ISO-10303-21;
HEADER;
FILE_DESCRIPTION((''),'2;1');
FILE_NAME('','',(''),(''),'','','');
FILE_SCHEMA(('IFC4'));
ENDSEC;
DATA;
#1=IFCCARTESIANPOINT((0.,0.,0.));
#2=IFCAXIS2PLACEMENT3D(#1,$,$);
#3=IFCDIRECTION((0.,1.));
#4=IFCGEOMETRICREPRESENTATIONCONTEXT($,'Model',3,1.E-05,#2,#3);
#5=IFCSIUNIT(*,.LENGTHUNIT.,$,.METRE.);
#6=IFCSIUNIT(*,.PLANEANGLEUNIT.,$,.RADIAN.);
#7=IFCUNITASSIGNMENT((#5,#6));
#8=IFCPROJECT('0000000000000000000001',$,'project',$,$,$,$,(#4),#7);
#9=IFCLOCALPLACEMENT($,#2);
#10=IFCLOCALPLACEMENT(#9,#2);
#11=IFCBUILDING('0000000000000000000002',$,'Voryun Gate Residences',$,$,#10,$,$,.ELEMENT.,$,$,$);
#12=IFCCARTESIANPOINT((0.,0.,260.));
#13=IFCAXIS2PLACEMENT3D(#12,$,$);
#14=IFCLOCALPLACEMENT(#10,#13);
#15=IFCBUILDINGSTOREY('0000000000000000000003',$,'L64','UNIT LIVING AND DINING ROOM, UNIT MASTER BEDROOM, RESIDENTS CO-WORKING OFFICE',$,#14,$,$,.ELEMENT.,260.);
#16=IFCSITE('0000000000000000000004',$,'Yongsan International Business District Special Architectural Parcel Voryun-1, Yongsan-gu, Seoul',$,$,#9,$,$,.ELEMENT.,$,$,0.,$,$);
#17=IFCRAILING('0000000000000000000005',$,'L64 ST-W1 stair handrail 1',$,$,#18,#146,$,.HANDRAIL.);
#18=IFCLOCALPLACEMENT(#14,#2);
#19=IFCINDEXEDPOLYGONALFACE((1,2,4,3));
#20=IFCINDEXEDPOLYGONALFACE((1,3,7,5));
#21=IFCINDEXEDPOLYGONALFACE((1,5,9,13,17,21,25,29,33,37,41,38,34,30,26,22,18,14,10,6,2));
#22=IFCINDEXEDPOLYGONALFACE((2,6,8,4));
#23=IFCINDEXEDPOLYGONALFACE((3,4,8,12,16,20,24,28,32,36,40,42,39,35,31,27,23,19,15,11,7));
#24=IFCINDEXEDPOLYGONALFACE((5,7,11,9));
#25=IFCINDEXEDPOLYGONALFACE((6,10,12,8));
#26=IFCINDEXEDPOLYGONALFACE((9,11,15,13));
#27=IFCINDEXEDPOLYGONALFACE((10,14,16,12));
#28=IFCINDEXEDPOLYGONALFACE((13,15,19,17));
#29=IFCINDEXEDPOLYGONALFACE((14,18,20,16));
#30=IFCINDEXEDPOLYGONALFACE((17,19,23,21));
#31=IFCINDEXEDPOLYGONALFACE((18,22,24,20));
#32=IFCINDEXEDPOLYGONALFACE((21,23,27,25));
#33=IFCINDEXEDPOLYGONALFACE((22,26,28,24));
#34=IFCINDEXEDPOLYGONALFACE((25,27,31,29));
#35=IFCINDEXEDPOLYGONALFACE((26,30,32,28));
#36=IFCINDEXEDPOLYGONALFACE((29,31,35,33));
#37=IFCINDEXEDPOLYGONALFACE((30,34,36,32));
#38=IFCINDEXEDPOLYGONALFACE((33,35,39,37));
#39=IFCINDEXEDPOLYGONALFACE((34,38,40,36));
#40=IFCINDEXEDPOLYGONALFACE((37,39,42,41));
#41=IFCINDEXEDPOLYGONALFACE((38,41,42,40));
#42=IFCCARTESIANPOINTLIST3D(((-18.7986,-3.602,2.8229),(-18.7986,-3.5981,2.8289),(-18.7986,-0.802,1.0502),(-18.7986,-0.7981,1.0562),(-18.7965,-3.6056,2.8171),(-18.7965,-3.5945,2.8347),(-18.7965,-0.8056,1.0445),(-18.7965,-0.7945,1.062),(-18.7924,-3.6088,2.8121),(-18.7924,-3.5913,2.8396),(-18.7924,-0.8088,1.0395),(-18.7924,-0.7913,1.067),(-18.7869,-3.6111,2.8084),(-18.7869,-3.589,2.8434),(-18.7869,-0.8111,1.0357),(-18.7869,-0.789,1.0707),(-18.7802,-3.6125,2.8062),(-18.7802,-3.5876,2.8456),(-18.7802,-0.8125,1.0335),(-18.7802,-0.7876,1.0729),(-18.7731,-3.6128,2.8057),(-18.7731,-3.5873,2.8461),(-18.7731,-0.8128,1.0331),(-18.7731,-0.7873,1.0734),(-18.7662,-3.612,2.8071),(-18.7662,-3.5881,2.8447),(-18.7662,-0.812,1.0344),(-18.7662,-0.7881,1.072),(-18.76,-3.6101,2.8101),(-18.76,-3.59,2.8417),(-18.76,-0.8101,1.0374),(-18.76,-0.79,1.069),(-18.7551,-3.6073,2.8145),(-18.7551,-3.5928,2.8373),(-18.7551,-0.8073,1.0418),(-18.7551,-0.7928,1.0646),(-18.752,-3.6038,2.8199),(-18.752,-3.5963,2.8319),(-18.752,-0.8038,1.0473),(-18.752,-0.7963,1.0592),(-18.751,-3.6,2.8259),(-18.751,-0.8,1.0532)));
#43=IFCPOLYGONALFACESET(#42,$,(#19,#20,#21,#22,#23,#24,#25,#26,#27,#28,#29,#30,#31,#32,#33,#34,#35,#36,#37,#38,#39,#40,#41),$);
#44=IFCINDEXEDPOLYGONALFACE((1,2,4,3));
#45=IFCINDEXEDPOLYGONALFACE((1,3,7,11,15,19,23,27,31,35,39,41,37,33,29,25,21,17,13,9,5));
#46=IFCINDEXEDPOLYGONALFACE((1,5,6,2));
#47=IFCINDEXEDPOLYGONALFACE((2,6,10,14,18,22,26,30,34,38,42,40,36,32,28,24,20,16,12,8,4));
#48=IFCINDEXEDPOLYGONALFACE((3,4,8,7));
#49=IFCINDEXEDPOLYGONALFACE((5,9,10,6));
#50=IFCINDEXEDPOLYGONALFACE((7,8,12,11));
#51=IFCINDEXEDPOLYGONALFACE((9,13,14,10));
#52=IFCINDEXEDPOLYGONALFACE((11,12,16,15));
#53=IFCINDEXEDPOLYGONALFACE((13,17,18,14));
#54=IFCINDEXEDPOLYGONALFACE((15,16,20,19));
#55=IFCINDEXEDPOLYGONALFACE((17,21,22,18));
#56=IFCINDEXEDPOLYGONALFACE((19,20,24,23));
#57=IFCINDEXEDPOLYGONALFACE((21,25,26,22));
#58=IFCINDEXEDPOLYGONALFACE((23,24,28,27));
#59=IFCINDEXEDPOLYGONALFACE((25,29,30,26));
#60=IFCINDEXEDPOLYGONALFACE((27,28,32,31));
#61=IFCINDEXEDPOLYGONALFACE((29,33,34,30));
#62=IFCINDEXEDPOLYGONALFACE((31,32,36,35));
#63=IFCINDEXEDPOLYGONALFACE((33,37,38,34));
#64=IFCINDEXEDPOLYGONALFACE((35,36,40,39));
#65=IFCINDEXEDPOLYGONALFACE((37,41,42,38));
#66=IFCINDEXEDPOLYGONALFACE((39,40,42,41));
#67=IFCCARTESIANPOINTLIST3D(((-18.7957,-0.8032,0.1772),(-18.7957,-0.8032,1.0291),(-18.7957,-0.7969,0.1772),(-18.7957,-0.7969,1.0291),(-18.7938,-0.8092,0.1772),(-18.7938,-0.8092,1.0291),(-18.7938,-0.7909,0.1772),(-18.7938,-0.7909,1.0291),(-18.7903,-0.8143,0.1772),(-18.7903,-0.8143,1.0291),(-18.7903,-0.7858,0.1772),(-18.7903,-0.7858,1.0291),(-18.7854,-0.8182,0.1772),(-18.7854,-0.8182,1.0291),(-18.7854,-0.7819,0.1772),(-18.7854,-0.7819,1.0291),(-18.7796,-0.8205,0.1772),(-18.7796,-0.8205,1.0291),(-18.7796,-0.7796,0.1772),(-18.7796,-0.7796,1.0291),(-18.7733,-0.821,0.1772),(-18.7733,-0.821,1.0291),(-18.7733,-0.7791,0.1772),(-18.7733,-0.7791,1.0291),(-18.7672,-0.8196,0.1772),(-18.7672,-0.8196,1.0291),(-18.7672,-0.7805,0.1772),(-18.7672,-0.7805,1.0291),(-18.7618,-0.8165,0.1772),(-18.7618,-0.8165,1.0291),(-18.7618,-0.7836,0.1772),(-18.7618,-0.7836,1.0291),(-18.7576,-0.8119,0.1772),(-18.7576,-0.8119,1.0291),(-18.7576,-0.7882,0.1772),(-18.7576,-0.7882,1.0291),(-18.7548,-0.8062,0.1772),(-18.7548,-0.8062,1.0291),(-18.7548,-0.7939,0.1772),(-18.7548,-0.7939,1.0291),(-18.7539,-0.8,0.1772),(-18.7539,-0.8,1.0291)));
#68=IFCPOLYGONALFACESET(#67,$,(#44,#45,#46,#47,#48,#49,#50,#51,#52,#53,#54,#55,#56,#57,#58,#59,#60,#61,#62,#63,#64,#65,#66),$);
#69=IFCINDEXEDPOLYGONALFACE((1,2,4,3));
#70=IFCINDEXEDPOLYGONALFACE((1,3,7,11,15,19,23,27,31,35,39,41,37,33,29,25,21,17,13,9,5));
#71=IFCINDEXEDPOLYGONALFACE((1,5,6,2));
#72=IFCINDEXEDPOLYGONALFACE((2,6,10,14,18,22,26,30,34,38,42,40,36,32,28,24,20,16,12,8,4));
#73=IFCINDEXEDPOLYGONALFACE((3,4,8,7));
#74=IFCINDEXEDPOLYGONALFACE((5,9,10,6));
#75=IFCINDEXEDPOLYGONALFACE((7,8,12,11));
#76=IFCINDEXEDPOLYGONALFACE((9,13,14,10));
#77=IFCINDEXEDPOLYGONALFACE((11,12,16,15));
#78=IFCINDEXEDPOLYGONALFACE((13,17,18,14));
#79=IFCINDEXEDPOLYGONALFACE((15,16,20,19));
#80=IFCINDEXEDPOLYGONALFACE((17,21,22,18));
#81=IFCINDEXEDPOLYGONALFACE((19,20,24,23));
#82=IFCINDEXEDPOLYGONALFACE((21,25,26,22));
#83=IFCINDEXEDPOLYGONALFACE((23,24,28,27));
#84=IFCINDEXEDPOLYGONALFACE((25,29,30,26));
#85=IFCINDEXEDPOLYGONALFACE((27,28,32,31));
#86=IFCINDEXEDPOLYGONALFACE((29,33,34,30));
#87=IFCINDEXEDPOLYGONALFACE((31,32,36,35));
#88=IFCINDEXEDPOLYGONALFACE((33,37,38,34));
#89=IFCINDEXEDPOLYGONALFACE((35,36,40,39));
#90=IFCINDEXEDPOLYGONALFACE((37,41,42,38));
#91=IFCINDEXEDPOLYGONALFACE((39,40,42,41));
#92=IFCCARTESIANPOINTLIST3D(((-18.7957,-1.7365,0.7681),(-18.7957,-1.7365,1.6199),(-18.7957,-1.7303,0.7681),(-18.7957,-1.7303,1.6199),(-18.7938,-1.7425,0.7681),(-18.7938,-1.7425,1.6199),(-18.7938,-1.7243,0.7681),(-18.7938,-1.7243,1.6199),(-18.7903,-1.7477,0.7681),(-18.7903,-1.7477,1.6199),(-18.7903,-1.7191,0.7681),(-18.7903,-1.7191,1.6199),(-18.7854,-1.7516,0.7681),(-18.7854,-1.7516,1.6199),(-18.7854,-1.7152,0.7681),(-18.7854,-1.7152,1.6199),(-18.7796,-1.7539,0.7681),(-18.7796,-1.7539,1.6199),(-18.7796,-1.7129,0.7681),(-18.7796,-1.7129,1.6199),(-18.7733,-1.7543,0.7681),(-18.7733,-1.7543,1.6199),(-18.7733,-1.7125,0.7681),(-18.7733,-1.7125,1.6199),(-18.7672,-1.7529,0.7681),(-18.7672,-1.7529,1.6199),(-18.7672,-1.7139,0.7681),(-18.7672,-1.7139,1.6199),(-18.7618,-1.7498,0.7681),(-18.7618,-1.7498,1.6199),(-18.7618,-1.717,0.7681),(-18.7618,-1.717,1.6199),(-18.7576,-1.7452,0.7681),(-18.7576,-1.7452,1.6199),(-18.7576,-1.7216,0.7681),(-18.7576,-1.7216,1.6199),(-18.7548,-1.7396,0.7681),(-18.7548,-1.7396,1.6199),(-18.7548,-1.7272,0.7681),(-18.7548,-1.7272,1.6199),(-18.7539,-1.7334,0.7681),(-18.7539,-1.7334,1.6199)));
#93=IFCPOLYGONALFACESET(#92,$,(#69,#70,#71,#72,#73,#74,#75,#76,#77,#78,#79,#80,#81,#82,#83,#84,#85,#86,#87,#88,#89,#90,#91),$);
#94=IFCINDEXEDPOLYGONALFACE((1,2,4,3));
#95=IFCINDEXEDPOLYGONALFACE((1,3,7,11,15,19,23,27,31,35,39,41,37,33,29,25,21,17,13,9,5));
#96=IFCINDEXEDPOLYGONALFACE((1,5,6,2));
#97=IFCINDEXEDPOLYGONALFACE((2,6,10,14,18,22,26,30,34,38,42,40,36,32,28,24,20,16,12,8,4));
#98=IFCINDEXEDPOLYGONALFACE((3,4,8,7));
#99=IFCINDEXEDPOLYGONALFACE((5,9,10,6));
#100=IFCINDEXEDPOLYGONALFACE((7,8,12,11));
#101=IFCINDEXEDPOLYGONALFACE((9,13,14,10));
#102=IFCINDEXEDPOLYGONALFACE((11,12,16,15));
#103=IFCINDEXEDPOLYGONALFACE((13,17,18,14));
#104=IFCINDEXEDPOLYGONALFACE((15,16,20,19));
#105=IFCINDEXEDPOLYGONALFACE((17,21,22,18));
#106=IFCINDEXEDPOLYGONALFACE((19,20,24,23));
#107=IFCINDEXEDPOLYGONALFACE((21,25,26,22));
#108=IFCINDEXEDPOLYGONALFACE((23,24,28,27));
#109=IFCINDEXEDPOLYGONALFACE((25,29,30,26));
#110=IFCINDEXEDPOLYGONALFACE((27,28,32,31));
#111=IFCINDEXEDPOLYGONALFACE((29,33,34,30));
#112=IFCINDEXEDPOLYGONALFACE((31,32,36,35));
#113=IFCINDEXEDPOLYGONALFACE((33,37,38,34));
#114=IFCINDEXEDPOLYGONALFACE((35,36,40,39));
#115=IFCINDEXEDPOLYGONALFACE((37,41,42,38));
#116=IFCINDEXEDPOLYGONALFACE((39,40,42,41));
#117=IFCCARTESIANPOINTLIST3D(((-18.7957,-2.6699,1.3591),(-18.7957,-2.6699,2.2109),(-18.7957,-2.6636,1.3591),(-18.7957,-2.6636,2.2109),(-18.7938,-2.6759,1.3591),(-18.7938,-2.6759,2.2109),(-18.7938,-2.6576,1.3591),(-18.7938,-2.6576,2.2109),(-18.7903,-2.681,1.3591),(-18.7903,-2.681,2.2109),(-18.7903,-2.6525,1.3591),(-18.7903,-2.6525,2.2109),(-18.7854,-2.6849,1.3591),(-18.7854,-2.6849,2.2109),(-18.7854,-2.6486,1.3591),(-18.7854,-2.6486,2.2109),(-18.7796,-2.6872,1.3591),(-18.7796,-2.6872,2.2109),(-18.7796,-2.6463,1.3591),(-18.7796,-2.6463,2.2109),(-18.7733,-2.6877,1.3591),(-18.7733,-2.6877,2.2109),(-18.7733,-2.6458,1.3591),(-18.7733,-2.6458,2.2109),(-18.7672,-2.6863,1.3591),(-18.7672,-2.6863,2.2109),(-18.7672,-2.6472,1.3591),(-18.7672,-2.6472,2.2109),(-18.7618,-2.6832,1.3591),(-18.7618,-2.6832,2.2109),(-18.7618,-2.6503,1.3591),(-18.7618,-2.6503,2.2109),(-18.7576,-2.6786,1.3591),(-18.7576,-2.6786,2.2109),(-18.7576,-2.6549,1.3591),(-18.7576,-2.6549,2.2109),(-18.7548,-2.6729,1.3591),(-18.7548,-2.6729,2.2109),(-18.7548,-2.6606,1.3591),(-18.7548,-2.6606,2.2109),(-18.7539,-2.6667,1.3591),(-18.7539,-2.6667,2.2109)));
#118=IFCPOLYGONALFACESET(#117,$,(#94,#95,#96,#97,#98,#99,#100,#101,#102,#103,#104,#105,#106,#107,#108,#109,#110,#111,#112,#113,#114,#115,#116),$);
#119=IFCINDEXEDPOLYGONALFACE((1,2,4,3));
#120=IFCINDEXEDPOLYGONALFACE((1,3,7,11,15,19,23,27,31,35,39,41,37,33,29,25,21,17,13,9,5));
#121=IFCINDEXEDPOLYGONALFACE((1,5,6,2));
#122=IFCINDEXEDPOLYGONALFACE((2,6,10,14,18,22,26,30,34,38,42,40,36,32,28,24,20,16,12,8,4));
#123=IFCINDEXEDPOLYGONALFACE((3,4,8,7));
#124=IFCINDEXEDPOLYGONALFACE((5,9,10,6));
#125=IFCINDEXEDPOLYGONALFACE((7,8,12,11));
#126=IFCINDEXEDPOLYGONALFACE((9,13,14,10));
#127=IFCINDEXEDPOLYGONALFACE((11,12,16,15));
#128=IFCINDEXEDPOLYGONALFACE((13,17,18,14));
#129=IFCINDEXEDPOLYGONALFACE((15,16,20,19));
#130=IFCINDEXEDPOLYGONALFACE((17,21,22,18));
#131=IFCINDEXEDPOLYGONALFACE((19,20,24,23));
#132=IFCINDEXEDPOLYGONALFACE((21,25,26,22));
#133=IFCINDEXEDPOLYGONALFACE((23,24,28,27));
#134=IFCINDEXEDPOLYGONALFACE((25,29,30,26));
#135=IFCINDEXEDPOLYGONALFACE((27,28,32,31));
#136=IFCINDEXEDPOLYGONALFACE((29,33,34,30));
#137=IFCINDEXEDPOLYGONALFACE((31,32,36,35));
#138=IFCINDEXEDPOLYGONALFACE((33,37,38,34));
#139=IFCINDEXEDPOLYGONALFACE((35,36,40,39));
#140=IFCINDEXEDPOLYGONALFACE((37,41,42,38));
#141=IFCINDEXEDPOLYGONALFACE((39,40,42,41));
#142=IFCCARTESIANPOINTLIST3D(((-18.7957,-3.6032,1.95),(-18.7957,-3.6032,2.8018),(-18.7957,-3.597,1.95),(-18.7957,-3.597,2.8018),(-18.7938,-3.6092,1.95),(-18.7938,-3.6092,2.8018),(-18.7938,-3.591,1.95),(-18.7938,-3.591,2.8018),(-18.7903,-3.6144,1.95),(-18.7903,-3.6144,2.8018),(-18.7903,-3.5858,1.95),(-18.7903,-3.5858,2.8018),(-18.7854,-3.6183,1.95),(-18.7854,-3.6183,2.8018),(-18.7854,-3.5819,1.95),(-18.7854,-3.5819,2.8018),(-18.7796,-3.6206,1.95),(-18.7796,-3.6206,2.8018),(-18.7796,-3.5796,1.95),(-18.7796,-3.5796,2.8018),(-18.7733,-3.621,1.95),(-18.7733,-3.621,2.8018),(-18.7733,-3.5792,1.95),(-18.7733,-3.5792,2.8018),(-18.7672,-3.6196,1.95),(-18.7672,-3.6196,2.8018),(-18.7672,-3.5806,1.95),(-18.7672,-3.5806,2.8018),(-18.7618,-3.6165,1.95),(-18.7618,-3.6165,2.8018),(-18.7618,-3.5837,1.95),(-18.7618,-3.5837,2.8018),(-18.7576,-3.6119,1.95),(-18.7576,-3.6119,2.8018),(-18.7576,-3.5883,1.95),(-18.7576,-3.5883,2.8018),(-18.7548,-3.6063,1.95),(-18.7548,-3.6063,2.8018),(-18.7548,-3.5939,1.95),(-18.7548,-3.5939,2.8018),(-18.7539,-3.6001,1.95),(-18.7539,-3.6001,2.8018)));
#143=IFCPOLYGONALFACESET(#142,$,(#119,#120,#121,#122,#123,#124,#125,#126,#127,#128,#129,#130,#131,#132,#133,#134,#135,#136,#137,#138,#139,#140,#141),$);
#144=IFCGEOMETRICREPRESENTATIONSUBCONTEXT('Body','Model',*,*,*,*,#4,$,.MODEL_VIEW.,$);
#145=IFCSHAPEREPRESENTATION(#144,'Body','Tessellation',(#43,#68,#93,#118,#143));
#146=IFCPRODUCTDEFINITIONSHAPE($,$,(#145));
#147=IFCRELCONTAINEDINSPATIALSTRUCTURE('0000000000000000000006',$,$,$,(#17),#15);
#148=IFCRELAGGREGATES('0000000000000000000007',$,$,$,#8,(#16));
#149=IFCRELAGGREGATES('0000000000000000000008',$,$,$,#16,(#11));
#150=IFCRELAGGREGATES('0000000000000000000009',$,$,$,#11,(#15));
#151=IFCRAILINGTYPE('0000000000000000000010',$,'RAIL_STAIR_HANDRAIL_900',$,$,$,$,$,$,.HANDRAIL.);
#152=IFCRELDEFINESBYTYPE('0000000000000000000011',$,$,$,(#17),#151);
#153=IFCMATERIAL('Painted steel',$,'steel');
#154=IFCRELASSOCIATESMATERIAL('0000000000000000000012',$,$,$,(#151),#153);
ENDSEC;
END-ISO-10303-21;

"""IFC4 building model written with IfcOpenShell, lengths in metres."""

from ifc_helpers import new_model, si_unit, direction, frame, origin, origin_2d, place, context, subcontext, project, spatial, circle, extrude, material, type_object, element, save


model = new_model("IFC4")

# Units and contexts
model_context = context("Model", 3, precision=1e-05, world=origin(), true_north=direction((0.0, 1.0)))
body_context = subcontext(model_context, "Body", "Model", "MODEL_VIEW")
ifc_project = project(units=[si_unit("LENGTHUNIT", "METRE"), si_unit("PLANEANGLEUNIT", "RADIAN")], contexts=[model_context])

# Site, building, storey
site_placement = place(None, origin())
site = spatial("IfcSite", under=ifc_project, at=site_placement, Name="Yongsan International Business District Special Architectural Parcel Voryun-1, Yongsan-gu, Seoul", CompositionType="ELEMENT", RefElevation=0.0)
building_placement = place(site_placement, origin())
building = spatial("IfcBuilding", under=site, at=building_placement, Name="Voryun Gate Residences", CompositionType="ELEMENT")
storey_placement = place(building_placement, frame((0.0, 0.0, 260.0)))
storey = spatial("IfcBuildingStorey", under=building, at=storey_placement, Name="L64", Description="UNIT LIVING AND DINING ROOM, UNIT MASTER BEDROOM, RESIDENTS CO-WORKING OFFICE", CompositionType="ELEMENT", Elevation=260.0)

# Railing
ifc_material_1 = material(Name="Painted steel", Category="steel")
railing_type_1 = type_object("IfcRailingType", Name="RAIL_STAIR_HANDRAIL_900", PredefinedType="HANDRAIL", material=ifc_material_1)
railing_1_placement = place(storey_placement, frame((-18.7749, -0.8, 0.1772)))
element("IfcRailing", 1, at=railing_1_placement, inside=storey, type_object=railing_type_1, Name="L64 ST-W1 stair handrail 1", PredefinedType="HANDRAIL", context=body_context, shape_type="SweptSolid", body=[
    extrude(circle(Radius=0.0239, at=origin_2d()), frame((0.0, 0.0, 0.876), z_axis=(0.0, -0.844909, 0.53491), x_axis=(1.0, 0.0, 0.0)), (0.0, 0.0, 1.0), 3.314),
    extrude(circle(Radius=0.021, at=origin_2d()), origin(), (0.0, 0.0, 1.0), 0.8518),
    extrude(circle(Radius=0.021, at=origin_2d()), frame((0.0, -0.9333, 0.5908)), (0.0, 0.0, 1.0), 0.8518),
    extrude(circle(Radius=0.021, at=origin_2d()), frame((0.0, -1.8667, 1.1819)), (0.0, 0.0, 1.0), 0.8518),
    extrude(circle(Radius=0.021, at=origin_2d()), frame((0.0, -2.8, 1.7727)), (0.0, 0.0, 1.0), 0.8518),
])

save(model, "model.ifc")
